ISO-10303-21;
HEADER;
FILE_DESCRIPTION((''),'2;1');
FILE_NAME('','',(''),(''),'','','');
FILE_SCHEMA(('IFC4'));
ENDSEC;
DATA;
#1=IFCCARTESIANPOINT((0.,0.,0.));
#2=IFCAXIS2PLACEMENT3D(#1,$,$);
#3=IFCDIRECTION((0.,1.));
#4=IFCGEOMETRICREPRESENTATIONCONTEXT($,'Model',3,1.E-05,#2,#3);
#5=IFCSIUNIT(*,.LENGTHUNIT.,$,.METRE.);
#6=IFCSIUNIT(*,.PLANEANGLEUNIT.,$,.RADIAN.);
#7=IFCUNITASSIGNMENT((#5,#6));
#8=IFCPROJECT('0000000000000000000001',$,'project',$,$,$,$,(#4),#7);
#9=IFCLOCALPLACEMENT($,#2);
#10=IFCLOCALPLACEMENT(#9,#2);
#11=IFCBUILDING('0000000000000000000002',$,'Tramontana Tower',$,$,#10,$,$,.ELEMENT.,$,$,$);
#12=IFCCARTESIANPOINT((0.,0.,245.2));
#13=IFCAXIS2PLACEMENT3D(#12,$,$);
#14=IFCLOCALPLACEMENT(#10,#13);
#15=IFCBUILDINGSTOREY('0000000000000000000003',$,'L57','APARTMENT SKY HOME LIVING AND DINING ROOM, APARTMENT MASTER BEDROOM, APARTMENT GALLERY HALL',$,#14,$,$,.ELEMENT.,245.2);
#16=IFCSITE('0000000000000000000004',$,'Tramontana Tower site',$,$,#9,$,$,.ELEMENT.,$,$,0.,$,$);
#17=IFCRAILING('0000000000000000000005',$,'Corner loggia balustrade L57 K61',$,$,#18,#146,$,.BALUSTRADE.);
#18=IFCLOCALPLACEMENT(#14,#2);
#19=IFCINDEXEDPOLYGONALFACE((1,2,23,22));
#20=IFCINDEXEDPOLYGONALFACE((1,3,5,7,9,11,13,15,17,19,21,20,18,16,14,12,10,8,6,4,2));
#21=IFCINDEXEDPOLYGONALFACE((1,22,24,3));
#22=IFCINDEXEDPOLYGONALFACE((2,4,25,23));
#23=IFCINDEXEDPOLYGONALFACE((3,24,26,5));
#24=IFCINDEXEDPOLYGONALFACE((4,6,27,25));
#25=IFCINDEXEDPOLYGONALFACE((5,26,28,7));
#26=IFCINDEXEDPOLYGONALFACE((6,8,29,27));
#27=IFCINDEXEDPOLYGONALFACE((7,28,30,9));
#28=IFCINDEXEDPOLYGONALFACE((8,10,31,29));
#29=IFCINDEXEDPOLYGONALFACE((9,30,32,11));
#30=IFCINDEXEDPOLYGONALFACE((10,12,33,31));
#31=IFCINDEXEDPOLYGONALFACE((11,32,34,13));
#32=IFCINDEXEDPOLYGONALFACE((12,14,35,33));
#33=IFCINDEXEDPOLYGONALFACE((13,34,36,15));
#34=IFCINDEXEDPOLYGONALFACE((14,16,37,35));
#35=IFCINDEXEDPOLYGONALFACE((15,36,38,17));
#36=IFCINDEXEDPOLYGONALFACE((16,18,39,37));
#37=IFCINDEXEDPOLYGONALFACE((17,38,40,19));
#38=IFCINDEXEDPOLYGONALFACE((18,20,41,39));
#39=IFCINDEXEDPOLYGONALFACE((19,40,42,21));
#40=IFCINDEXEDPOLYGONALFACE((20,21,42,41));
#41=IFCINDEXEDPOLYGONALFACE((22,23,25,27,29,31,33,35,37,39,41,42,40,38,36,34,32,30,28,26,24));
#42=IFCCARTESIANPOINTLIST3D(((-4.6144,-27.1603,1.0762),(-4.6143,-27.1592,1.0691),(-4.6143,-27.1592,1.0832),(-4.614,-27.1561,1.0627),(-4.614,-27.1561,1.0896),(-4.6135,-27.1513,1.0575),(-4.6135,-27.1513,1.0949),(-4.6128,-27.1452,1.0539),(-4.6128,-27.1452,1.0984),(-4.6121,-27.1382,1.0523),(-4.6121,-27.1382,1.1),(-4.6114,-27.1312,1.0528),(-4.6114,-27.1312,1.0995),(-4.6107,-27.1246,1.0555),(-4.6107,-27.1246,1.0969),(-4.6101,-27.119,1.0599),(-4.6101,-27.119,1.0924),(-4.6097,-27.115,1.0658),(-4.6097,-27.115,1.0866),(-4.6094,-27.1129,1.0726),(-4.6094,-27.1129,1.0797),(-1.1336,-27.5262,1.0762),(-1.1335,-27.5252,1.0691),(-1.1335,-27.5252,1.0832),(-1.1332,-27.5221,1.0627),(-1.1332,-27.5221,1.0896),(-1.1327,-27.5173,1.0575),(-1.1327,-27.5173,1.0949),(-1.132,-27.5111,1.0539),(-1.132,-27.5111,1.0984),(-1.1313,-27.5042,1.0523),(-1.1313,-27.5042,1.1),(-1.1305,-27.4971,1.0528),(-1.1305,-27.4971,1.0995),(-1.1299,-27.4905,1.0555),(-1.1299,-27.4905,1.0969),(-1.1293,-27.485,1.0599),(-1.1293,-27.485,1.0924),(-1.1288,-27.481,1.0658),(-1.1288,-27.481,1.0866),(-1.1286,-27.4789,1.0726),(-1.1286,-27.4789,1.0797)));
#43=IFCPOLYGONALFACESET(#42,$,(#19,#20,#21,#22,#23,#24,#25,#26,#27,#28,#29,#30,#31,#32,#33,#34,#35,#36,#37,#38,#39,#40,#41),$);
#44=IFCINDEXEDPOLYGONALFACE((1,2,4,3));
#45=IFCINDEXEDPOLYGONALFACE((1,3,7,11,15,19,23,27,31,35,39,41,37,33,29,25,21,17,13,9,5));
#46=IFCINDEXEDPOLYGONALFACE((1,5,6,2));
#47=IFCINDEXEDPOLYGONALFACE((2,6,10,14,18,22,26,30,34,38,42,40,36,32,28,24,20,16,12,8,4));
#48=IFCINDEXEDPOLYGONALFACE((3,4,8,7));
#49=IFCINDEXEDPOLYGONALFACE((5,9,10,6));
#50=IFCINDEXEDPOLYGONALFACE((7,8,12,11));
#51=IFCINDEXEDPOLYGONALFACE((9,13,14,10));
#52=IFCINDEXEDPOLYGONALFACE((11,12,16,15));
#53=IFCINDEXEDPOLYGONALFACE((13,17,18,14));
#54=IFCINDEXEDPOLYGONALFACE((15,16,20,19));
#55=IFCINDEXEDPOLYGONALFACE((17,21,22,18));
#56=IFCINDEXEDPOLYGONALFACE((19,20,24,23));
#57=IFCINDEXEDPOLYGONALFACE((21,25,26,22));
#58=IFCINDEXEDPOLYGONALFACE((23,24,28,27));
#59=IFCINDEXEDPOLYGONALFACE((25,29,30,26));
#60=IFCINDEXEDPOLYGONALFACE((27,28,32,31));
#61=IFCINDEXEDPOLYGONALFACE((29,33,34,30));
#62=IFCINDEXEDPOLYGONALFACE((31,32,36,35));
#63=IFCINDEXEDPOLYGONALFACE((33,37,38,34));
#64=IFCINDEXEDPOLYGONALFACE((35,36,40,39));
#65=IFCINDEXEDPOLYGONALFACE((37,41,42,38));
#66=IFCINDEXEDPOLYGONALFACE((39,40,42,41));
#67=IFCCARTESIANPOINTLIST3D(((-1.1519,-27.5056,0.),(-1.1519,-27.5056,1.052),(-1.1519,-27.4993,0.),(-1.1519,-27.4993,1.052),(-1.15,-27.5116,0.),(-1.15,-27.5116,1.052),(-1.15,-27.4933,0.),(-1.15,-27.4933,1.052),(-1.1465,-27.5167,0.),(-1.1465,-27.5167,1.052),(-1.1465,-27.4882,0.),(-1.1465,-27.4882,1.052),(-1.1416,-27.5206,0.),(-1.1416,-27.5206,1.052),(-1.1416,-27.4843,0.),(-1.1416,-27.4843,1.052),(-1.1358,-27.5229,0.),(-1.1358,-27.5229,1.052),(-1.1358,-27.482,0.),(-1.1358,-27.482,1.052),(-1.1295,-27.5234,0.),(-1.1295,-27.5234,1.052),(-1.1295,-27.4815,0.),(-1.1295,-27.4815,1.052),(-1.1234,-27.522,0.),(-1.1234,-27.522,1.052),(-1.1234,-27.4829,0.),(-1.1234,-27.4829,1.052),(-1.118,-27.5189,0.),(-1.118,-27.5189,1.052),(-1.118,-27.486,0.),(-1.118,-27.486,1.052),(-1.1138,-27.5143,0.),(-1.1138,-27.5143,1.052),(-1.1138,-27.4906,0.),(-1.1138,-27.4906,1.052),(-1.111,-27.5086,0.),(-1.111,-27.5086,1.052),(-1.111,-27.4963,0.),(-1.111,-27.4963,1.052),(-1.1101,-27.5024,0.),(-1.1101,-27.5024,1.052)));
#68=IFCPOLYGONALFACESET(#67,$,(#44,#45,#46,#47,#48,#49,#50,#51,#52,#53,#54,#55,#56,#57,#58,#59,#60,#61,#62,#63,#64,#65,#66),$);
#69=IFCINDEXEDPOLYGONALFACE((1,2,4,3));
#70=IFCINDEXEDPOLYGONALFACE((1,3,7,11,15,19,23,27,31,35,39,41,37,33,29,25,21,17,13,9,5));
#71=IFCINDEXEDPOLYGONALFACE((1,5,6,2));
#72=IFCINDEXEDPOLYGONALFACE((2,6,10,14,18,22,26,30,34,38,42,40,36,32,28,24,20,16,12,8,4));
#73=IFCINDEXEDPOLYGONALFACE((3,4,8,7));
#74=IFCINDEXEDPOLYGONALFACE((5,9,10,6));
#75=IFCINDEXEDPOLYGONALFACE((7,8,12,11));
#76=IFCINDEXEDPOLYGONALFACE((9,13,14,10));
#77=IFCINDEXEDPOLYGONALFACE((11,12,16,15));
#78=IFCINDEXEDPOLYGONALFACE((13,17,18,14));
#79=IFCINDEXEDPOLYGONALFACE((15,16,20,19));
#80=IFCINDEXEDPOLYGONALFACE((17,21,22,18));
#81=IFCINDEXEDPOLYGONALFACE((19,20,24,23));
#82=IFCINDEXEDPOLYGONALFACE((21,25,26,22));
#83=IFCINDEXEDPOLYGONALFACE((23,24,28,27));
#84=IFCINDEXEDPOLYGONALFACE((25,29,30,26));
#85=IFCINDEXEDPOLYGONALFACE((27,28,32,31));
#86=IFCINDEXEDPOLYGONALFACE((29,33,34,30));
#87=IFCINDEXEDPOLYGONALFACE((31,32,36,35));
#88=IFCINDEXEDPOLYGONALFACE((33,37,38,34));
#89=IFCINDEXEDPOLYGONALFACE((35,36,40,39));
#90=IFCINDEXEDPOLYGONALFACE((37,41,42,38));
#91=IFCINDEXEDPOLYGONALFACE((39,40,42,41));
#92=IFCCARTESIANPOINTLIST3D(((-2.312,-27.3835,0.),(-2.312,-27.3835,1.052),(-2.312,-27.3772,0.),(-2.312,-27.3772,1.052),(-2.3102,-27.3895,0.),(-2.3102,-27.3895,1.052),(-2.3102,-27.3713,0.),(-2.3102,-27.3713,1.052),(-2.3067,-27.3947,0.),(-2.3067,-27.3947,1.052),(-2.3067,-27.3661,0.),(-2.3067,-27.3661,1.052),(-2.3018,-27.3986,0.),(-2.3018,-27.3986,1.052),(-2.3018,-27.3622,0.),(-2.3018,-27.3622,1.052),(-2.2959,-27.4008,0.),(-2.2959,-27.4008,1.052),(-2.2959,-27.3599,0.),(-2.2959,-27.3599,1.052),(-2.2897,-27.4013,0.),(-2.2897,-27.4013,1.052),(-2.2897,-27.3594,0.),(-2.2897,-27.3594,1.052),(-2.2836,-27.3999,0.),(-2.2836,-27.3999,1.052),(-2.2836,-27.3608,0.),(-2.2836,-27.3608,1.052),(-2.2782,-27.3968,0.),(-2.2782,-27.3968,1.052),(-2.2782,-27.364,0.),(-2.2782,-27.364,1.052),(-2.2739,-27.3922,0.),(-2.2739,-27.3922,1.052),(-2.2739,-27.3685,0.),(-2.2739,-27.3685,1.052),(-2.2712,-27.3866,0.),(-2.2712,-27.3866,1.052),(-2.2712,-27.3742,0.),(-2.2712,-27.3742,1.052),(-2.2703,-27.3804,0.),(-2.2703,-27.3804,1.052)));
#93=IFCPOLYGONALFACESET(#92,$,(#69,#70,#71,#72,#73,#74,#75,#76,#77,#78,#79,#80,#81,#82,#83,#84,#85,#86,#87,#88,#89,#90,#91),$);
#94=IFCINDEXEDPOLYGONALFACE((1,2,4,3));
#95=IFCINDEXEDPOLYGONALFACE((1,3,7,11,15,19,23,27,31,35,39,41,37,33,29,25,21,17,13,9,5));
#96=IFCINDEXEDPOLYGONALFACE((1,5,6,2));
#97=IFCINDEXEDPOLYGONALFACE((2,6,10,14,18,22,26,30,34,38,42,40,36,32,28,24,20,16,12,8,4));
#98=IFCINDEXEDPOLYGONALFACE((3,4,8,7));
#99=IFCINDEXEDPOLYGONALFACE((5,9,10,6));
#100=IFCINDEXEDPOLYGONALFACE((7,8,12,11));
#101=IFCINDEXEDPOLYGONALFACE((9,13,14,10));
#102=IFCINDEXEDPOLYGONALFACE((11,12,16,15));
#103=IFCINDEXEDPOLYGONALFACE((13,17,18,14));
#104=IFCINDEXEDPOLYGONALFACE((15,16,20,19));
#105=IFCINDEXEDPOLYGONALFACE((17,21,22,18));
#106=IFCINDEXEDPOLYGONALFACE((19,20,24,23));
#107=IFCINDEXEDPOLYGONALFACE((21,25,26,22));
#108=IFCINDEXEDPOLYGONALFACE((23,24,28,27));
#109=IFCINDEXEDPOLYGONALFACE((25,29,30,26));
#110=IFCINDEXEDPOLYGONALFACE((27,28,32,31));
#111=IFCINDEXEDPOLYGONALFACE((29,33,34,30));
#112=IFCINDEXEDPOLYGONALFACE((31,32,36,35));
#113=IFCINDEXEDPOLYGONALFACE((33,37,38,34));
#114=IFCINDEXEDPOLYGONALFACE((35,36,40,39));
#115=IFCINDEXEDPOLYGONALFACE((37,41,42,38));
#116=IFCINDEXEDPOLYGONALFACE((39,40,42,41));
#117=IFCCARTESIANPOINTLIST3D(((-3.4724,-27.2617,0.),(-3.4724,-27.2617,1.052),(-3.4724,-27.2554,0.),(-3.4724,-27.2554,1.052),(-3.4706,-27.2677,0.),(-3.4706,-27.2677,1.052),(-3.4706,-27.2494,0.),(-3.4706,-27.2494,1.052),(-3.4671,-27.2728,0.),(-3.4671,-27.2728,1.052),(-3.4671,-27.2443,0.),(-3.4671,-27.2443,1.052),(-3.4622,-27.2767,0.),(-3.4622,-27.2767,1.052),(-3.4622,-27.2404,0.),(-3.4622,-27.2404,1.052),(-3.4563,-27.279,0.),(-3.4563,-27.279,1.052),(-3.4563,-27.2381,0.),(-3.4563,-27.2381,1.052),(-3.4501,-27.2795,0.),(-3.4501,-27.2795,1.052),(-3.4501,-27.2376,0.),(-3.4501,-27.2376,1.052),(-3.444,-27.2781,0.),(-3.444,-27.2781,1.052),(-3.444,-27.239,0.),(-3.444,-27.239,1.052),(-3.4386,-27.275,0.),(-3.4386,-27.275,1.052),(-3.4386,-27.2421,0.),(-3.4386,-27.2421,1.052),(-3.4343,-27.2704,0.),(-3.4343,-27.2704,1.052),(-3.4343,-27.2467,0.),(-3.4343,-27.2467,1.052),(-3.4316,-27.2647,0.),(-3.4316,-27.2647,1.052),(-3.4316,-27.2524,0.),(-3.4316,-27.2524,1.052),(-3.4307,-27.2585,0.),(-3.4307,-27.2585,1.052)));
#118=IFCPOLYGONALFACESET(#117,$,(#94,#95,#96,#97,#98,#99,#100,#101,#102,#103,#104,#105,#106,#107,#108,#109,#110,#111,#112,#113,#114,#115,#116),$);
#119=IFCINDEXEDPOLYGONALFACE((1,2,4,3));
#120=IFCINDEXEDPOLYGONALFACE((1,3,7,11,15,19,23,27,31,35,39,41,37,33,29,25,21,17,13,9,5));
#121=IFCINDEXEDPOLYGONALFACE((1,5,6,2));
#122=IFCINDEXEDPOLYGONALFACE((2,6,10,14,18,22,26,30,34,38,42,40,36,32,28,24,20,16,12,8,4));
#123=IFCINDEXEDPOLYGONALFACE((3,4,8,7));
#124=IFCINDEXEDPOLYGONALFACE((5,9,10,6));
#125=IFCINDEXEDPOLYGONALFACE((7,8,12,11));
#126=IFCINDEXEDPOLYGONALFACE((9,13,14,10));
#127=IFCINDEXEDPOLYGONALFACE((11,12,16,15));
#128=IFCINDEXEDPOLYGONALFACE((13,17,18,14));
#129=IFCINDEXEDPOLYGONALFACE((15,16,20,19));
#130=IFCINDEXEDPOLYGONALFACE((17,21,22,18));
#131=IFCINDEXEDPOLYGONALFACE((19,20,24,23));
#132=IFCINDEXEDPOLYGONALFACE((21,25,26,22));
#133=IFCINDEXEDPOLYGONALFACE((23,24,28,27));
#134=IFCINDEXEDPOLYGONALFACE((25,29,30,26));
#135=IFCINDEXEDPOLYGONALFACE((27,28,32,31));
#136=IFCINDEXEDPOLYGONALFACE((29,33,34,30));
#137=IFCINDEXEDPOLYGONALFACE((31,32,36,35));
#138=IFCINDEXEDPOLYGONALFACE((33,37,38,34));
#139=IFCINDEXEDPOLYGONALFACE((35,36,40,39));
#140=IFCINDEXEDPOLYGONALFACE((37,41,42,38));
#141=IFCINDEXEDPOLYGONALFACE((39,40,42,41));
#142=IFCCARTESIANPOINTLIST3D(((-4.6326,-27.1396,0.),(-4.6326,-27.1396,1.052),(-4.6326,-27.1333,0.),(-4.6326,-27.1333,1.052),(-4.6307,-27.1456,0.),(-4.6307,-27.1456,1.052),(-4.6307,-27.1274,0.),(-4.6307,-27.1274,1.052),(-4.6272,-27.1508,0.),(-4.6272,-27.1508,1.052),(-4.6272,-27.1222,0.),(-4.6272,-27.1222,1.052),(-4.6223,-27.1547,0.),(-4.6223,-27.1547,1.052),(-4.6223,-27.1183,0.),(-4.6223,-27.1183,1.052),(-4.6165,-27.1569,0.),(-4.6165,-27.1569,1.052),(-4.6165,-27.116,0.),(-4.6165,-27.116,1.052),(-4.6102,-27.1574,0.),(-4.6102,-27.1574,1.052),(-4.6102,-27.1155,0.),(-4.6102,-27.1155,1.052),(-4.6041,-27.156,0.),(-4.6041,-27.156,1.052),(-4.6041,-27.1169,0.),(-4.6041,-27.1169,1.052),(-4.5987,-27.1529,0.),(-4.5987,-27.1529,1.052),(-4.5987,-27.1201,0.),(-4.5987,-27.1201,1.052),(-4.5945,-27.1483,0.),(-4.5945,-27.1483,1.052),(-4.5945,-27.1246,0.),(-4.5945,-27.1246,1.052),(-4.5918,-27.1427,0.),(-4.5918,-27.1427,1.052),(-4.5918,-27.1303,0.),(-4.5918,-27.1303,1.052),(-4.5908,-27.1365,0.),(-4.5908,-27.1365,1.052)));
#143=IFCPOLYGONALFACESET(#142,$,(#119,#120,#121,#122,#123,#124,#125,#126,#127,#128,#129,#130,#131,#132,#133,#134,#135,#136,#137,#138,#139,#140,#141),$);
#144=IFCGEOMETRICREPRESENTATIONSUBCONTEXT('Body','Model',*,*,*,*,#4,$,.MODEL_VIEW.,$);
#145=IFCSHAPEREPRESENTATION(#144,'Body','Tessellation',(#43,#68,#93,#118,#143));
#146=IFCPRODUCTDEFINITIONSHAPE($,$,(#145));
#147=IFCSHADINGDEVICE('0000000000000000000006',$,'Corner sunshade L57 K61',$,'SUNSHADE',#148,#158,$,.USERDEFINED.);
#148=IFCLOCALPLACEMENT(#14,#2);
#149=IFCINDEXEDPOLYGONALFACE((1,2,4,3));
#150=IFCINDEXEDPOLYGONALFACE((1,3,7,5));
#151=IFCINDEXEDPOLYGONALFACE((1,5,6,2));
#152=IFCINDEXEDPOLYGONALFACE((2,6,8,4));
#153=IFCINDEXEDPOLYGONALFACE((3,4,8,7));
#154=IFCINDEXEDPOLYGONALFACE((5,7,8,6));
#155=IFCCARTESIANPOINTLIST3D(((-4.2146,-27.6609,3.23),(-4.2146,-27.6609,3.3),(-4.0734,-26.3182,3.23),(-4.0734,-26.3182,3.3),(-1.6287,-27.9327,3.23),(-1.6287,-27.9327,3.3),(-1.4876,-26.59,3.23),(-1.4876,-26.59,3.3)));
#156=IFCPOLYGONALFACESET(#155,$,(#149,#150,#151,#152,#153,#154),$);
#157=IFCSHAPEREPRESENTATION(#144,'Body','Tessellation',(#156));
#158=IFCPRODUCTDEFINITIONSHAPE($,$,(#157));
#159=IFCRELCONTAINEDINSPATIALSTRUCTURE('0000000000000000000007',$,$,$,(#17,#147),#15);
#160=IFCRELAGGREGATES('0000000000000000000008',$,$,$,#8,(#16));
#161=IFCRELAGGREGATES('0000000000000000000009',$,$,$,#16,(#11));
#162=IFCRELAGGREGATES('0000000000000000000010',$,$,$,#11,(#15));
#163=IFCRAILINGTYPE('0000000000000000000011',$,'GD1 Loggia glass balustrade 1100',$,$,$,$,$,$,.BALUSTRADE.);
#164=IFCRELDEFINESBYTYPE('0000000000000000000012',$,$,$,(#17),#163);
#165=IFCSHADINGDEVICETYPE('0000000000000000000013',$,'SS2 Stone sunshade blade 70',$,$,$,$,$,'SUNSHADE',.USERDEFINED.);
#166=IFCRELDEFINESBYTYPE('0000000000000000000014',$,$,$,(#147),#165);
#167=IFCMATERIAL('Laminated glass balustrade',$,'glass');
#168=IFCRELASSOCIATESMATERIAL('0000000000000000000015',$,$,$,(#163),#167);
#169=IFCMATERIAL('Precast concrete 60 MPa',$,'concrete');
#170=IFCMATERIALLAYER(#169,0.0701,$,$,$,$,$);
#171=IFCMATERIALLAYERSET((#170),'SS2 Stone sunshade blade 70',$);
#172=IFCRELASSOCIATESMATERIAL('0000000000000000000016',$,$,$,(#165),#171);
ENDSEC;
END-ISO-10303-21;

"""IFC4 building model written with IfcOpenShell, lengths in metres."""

from ifc_helpers import new_model, si_unit, direction, frame, origin, origin_2d, place, context, subcontext, project, spatial, rectangle, circle, extrude, material, layer, layer_set, type_object, element, save


model = new_model("IFC4")

# Units and contexts
model_context = context("Model", 3, precision=1e-05, world=origin(), true_north=direction((0.0, 1.0)))
body_context = subcontext(model_context, "Body", "Model", "MODEL_VIEW")
ifc_project = project(units=[si_unit("LENGTHUNIT", "METRE"), si_unit("PLANEANGLEUNIT", "RADIAN")], contexts=[model_context])

# Site, building, storey
site_placement = place(None, origin())
site = spatial("IfcSite", under=ifc_project, at=site_placement, Name="Tramontana Tower site", CompositionType="ELEMENT", RefElevation=0.0)
building_placement = place(site_placement, origin())
building = spatial("IfcBuilding", under=site, at=building_placement, Name="Tramontana Tower", CompositionType="ELEMENT")
storey_placement = place(building_placement, frame((0.0, 0.0, 245.2)))
storey = spatial("IfcBuildingStorey", under=building, at=storey_placement, Name="L57", Description="APARTMENT SKY HOME LIVING AND DINING ROOM, APARTMENT MASTER BEDROOM, APARTMENT GALLERY HALL", CompositionType="ELEMENT", Elevation=245.2)

# Railing
ifc_material_1 = material(Name="Laminated glass balustrade", Category="glass")
railing_type = type_object("IfcRailingType", Name="GD1 Loggia glass balustrade 1100", PredefinedType="BALUSTRADE", material=ifc_material_1)
railing_1_placement = place(storey_placement, frame((-1.1311, -27.5024, 0.0)))
element("IfcRailing", 1, at=railing_1_placement, inside=storey, type_object=railing_type, Name="Corner loggia balustrade L57 K61", PredefinedType="BALUSTRADE", context=body_context, shape_type="SweptSolid", body=[
    extrude(circle(Radius=0.0239, at=origin_2d()), frame((0.0, 0.0, 1.0762), z_axis=(-0.994518, 0.104565, 0.0), x_axis=(-0.104565, -0.994518, 0.0)), (0.0, 0.0, 1.0), 3.5),
    extrude(circle(Radius=0.021, at=origin_2d()), origin(), (0.0, 0.0, 1.0), 1.052),
    extrude(circle(Radius=0.021, at=origin_2d()), frame((-1.1602, 0.1221, 0.0)), (0.0, 0.0, 1.0), 1.052),
    extrude(circle(Radius=0.021, at=origin_2d()), frame((-2.3206, 0.2439, 0.0)), (0.0, 0.0, 1.0), 1.052),
    extrude(circle(Radius=0.021, at=origin_2d()), frame((-3.4807, 0.366, 0.0)), (0.0, 0.0, 1.0), 1.052),
])

# Shading device
ifc_material_2 = material(Name="Precast concrete 60 MPa", Category="concrete")
ifc_layer_1 = layer(ifc_material_2, 0.0701)
ifc_layer_set_1 = layer_set([ifc_layer_1], Name="SS2 Stone sunshade blade 70")
shading_device_type = type_object("IfcShadingDeviceType", Name="SS2 Stone sunshade blade 70", ElementType="SUNSHADE", PredefinedType="USERDEFINED", material=ifc_layer_set_1)
shading_device_placement = place(storey_placement, frame((-2.8511, -27.1255, 3.23), z_axis=(0.0, 0.0, 1.0), x_axis=(-0.994522, 0.104528, 0.0)))
element("IfcShadingDevice", 2, at=shading_device_placement, inside=storey, type_object=shading_device_type, Name="Corner sunshade L57 K61", ObjectType="SUNSHADE", PredefinedType="USERDEFINED", context=body_context, shape_type="SweptSolid", body=[
    extrude(rectangle(XDim=2.6001, YDim=1.3501, at=origin_2d()), origin(), (0.0, 0.0, 1.0), 0.0701),
])

save(model, "model.ifc")
